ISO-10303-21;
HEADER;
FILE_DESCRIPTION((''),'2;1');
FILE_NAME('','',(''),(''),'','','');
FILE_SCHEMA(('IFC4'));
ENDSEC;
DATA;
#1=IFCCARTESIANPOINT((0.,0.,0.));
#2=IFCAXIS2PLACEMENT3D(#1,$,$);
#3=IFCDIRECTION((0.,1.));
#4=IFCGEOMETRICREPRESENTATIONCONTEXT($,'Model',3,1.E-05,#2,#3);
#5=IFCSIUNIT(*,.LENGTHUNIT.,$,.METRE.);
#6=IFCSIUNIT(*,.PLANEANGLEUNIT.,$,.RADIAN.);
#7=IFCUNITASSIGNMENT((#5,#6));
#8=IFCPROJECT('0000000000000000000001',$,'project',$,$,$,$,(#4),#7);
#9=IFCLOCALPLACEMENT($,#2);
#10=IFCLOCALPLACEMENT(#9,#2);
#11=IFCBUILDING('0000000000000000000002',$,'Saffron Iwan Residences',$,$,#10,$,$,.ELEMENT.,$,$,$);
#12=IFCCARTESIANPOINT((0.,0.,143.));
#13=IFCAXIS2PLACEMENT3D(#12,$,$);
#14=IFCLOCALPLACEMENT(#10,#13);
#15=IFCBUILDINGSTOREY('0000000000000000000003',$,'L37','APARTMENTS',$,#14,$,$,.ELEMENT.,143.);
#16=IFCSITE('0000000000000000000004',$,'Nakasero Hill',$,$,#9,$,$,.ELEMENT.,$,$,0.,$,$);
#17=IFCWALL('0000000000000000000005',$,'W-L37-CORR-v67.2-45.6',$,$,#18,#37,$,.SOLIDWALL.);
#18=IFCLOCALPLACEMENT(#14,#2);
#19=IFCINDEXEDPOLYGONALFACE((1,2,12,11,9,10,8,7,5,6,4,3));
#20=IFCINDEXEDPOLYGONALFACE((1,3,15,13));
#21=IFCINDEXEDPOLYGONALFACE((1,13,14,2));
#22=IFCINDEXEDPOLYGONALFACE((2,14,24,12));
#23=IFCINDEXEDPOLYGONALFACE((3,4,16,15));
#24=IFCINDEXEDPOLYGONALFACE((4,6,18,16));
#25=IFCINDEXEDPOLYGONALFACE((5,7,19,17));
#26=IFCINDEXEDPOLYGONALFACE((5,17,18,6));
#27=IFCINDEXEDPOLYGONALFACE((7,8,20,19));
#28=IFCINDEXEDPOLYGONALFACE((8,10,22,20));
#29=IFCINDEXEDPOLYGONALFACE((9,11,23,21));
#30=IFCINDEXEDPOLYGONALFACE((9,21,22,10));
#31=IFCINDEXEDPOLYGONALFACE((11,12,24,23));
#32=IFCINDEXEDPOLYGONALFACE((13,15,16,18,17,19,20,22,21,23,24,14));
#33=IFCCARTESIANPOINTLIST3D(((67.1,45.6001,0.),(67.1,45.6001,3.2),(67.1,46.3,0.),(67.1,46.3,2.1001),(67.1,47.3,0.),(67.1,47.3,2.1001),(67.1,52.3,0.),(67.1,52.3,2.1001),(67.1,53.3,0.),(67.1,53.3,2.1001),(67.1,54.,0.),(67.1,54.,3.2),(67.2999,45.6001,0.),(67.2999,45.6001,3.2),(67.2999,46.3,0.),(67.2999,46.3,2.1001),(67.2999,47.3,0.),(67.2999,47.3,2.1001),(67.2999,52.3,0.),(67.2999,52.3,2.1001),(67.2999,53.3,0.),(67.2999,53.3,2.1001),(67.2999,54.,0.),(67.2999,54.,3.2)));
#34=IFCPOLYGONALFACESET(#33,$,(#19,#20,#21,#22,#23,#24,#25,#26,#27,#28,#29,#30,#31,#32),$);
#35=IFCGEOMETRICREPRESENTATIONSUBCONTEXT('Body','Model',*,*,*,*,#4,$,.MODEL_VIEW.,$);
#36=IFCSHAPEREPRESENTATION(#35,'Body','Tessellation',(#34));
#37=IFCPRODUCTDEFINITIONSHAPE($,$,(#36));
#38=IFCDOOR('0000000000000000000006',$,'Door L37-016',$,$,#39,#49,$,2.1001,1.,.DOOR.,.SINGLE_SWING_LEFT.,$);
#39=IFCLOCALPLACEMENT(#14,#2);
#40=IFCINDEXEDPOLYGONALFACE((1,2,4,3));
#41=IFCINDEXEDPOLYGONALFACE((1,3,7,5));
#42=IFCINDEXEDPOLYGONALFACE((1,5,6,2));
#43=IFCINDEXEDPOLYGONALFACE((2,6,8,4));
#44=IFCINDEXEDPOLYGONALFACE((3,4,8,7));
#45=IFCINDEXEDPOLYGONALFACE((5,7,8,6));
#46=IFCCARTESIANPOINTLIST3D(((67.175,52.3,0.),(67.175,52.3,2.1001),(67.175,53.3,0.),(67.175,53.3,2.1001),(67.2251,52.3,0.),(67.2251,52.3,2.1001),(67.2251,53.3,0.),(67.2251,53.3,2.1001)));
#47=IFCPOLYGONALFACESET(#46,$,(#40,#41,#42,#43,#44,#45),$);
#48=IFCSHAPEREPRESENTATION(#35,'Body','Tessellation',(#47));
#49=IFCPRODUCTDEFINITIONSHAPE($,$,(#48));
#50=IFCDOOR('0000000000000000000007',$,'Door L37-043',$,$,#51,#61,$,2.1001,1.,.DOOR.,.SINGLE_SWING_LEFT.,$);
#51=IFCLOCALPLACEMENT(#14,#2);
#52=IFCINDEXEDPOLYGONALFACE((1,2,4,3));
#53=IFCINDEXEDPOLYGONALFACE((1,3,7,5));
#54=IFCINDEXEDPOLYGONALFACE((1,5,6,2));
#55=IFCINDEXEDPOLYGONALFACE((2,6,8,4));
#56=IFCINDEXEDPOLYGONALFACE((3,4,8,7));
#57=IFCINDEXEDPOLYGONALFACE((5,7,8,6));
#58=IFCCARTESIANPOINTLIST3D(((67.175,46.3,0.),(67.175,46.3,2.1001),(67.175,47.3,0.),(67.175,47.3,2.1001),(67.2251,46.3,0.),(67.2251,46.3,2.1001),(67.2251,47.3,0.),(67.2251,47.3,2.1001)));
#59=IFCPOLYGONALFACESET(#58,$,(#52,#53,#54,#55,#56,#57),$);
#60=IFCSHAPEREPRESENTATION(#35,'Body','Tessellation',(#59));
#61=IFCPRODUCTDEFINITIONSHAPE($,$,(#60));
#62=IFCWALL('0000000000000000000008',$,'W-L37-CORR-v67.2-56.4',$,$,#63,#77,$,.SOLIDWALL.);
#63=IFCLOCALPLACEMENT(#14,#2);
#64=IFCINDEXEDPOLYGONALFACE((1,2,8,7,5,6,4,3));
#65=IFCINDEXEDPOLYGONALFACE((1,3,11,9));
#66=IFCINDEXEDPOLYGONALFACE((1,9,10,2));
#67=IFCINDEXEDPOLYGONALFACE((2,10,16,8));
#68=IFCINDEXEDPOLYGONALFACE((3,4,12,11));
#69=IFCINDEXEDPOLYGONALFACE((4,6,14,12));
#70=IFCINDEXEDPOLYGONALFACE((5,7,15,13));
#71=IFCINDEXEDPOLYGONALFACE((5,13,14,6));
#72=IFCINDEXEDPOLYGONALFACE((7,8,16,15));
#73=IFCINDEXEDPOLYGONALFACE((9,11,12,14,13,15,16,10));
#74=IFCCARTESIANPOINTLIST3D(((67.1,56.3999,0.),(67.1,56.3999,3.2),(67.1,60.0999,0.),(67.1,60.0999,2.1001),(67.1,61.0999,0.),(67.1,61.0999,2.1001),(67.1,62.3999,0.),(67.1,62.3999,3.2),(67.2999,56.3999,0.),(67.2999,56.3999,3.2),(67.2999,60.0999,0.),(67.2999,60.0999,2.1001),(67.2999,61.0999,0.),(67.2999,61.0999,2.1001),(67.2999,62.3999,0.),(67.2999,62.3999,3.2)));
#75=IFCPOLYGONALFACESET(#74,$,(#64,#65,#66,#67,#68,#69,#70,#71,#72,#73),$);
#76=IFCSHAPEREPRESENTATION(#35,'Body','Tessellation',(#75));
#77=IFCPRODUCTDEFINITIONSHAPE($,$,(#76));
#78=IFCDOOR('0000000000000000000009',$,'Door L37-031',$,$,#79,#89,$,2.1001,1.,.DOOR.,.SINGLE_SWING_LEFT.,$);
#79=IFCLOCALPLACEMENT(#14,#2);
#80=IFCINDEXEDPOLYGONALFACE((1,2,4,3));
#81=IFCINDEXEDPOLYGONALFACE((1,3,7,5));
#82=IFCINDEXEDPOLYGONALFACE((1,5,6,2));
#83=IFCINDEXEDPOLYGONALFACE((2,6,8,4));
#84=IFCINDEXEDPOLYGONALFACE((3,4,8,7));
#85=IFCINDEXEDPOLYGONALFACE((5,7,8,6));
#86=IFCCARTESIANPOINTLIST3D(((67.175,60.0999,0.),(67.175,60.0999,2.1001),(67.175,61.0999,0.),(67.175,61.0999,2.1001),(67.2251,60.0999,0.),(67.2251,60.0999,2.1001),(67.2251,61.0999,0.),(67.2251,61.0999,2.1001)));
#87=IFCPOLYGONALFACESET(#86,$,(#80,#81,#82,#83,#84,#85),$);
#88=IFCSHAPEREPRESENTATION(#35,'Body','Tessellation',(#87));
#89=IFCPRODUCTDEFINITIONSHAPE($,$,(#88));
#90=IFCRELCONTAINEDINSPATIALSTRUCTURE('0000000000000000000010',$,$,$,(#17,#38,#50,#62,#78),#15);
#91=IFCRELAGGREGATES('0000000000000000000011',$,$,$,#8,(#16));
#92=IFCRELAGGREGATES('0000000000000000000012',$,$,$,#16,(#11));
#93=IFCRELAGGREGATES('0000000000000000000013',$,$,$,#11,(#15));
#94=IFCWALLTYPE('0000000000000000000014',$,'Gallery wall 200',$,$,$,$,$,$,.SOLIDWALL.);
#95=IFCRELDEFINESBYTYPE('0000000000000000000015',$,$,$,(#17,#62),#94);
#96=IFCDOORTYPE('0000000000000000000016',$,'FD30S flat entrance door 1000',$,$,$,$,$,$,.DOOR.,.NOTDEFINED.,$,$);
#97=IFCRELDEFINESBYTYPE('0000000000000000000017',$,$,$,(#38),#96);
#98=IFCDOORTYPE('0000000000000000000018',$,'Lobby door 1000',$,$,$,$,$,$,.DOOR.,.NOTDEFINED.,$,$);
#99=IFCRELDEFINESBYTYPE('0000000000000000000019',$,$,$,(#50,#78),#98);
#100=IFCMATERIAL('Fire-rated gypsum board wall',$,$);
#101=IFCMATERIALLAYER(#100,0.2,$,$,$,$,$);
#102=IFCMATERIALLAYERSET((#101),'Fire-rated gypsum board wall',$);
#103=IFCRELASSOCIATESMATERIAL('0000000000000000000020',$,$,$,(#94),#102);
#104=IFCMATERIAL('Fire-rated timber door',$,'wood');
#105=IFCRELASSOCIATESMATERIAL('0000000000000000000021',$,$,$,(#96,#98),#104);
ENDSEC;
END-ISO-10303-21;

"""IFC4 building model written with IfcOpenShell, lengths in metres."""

from ifc_helpers import new_model, si_unit, direction, frame, frame_2d, origin, place, context, subcontext, project, spatial, rectangle, extrude, material, layer, layer_set, type_object, element, fill, save


model = new_model("IFC4")

# Units and contexts
model_context = context("Model", 3, precision=1e-05, world=origin(), true_north=direction((0.0, 1.0)))
body_context = subcontext(model_context, "Body", "Model", "MODEL_VIEW")
ifc_project = project(units=[si_unit("LENGTHUNIT", "METRE"), si_unit("PLANEANGLEUNIT", "RADIAN")], contexts=[model_context])

# Site, building, storey
site_placement = place(None, origin())
site = spatial("IfcSite", under=ifc_project, at=site_placement, Name="Nakasero Hill", CompositionType="ELEMENT", RefElevation=0.0)
building_placement = place(site_placement, origin())
building = spatial("IfcBuilding", under=site, at=building_placement, Name="Saffron Iwan Residences", CompositionType="ELEMENT")
storey_placement = place(building_placement, frame((0.0, 0.0, 143.0)))
storey = spatial("IfcBuildingStorey", under=building, at=storey_placement, Name="L37", Description="APARTMENTS", CompositionType="ELEMENT", Elevation=143.0)

# Shared definitions
ifc_material_1 = material(Name="Fire-rated gypsum board wall")

# Shared definitions
ifc_layer_1 = layer(ifc_material_1, 0.2)
ifc_layer_set_1 = layer_set([ifc_layer_1], Name="Fire-rated gypsum board wall")
wall_type_1 = type_object("IfcWallType", Name="Gallery wall 200", PredefinedType="SOLIDWALL", material=ifc_layer_set_1)

# Wall, openings, doors
wall_1_placement = place(storey_placement, frame((67.2, 45.6001, 0.0), z_axis=(0.0, 0.0, 1.0), x_axis=(0.0, 1.0, 0.0)))
wall_1 = element("IfcWall", 1, at=wall_1_placement, inside=storey, type_object=wall_type_1, Name="W-L37-CORR-v67.2-45.6", PredefinedType="SOLIDWALL", context=body_context, shape_type="SweptSolid", body=[
    extrude(rectangle(XDim=8.3999, YDim=0.2, at=frame_2d((4.2, 0.0))), origin(), (0.0, 0.0, 1.0), 3.2),
])
opening_1_placement = place(wall_1_placement, frame((6.7, 0.0, 0.0)))
opening_1 = element("IfcOpeningElement", 2, at=opening_1_placement, cuts=wall_1, PredefinedType="OPENING", context=body_context, shape_type="SweptSolid", body=[
    extrude(rectangle(XDim=1.0, YDim=2.1001, at=frame_2d((0.5, 1.05))), frame((0.0, 0.1099, 0.0), z_axis=(0.0, -1.0, 0.0), x_axis=(1.0, 0.0, 0.0)), (0.0, 0.0, 1.0), 0.22),
])
opening_2_placement = place(wall_1_placement, frame((0.7, 0.0, 0.0)))
opening_2 = element("IfcOpeningElement", 3, at=opening_2_placement, cuts=wall_1, PredefinedType="OPENING", context=body_context, shape_type="SweptSolid", body=[
    extrude(rectangle(XDim=1.0, YDim=2.1001, at=frame_2d((0.5, 1.05))), frame((0.0, 0.1099, 0.0), z_axis=(0.0, -1.0, 0.0), x_axis=(1.0, 0.0, 0.0)), (0.0, 0.0, 1.0), 0.22),
])
ifc_material_2 = material(Name="Fire-rated timber door", Category="wood")
door_type_1 = type_object("IfcDoorType", Name="FD30S flat entrance door 1000", OperationType="NOTDEFINED", PredefinedType="DOOR", material=ifc_material_2)
door_1_placement = place(opening_1_placement, origin())
door_1 = element("IfcDoor", 4, at=door_1_placement, inside=storey, type_object=door_type_1, Name="Door L37-016", OperationType="SINGLE_SWING_LEFT", OverallHeight=2.1001, OverallWidth=1.0, PredefinedType="DOOR", context=body_context, shape_type="SweptSolid", body=[
    extrude(rectangle(XDim=1.0, YDim=2.1001, at=frame_2d((0.5, 1.05))), frame((0.0, 0.0249, 0.0), z_axis=(0.0, -1.0, 0.0), x_axis=(1.0, 0.0, 0.0)), (0.0, 0.0, 1.0), 0.05),
])
fill(opening_1, door_1)
door_type_2 = type_object("IfcDoorType", Name="Lobby door 1000", OperationType="NOTDEFINED", PredefinedType="DOOR", material=ifc_material_2)
door_2_placement = place(opening_2_placement, origin())
door_2 = element("IfcDoor", 5, at=door_2_placement, inside=storey, type_object=door_type_2, Name="Door L37-043", OperationType="SINGLE_SWING_LEFT", OverallHeight=2.1001, OverallWidth=1.0, PredefinedType="DOOR", context=body_context, shape_type="SweptSolid", body=[
    extrude(rectangle(XDim=1.0, YDim=2.1001, at=frame_2d((0.5, 1.05))), frame((0.0, 0.0249, 0.0), z_axis=(0.0, -1.0, 0.0), x_axis=(1.0, 0.0, 0.0)), (0.0, 0.0, 1.0), 0.05),
])
fill(opening_2, door_2)

# Wall, opening, door
wall_2_placement = place(storey_placement, frame((67.2, 56.3999, 0.0), z_axis=(0.0, 0.0, 1.0), x_axis=(0.0, 1.0, 0.0)))
wall_2 = element("IfcWall", 6, at=wall_2_placement, inside=storey, type_object=wall_type_1, Name="W-L37-CORR-v67.2-56.4", PredefinedType="SOLIDWALL", context=body_context, shape_type="SweptSolid", body=[
    extrude(rectangle(XDim=6.0, YDim=0.2, at=frame_2d((3.0, 0.0))), origin(), (0.0, 0.0, 1.0), 3.2),
])
opening_3_placement = place(wall_2_placement, frame((3.7, 0.0, 0.0)))
opening_3 = element("IfcOpeningElement", 7, at=opening_3_placement, cuts=wall_2, PredefinedType="OPENING", context=body_context, shape_type="SweptSolid", body=[
    extrude(rectangle(XDim=1.0, YDim=2.1001, at=frame_2d((0.5, 1.05))), frame((0.0, 0.1099, 0.0), z_axis=(0.0, -1.0, 0.0), x_axis=(1.0, 0.0, 0.0)), (0.0, 0.0, 1.0), 0.22),
])
door_3_placement = place(opening_3_placement, origin())
door_3 = element("IfcDoor", 8, at=door_3_placement, inside=storey, type_object=door_type_2, Name="Door L37-031", OperationType="SINGLE_SWING_LEFT", OverallHeight=2.1001, OverallWidth=1.0, PredefinedType="DOOR", context=body_context, shape_type="SweptSolid", body=[
    extrude(rectangle(XDim=1.0, YDim=2.1001, at=frame_2d((0.5, 1.05))), frame((0.0, 0.0249, 0.0), z_axis=(0.0, -1.0, 0.0), x_axis=(1.0, 0.0, 0.0)), (0.0, 0.0, 1.0), 0.05),
])
fill(opening_3, door_3)

save(model, "model.ifc")
